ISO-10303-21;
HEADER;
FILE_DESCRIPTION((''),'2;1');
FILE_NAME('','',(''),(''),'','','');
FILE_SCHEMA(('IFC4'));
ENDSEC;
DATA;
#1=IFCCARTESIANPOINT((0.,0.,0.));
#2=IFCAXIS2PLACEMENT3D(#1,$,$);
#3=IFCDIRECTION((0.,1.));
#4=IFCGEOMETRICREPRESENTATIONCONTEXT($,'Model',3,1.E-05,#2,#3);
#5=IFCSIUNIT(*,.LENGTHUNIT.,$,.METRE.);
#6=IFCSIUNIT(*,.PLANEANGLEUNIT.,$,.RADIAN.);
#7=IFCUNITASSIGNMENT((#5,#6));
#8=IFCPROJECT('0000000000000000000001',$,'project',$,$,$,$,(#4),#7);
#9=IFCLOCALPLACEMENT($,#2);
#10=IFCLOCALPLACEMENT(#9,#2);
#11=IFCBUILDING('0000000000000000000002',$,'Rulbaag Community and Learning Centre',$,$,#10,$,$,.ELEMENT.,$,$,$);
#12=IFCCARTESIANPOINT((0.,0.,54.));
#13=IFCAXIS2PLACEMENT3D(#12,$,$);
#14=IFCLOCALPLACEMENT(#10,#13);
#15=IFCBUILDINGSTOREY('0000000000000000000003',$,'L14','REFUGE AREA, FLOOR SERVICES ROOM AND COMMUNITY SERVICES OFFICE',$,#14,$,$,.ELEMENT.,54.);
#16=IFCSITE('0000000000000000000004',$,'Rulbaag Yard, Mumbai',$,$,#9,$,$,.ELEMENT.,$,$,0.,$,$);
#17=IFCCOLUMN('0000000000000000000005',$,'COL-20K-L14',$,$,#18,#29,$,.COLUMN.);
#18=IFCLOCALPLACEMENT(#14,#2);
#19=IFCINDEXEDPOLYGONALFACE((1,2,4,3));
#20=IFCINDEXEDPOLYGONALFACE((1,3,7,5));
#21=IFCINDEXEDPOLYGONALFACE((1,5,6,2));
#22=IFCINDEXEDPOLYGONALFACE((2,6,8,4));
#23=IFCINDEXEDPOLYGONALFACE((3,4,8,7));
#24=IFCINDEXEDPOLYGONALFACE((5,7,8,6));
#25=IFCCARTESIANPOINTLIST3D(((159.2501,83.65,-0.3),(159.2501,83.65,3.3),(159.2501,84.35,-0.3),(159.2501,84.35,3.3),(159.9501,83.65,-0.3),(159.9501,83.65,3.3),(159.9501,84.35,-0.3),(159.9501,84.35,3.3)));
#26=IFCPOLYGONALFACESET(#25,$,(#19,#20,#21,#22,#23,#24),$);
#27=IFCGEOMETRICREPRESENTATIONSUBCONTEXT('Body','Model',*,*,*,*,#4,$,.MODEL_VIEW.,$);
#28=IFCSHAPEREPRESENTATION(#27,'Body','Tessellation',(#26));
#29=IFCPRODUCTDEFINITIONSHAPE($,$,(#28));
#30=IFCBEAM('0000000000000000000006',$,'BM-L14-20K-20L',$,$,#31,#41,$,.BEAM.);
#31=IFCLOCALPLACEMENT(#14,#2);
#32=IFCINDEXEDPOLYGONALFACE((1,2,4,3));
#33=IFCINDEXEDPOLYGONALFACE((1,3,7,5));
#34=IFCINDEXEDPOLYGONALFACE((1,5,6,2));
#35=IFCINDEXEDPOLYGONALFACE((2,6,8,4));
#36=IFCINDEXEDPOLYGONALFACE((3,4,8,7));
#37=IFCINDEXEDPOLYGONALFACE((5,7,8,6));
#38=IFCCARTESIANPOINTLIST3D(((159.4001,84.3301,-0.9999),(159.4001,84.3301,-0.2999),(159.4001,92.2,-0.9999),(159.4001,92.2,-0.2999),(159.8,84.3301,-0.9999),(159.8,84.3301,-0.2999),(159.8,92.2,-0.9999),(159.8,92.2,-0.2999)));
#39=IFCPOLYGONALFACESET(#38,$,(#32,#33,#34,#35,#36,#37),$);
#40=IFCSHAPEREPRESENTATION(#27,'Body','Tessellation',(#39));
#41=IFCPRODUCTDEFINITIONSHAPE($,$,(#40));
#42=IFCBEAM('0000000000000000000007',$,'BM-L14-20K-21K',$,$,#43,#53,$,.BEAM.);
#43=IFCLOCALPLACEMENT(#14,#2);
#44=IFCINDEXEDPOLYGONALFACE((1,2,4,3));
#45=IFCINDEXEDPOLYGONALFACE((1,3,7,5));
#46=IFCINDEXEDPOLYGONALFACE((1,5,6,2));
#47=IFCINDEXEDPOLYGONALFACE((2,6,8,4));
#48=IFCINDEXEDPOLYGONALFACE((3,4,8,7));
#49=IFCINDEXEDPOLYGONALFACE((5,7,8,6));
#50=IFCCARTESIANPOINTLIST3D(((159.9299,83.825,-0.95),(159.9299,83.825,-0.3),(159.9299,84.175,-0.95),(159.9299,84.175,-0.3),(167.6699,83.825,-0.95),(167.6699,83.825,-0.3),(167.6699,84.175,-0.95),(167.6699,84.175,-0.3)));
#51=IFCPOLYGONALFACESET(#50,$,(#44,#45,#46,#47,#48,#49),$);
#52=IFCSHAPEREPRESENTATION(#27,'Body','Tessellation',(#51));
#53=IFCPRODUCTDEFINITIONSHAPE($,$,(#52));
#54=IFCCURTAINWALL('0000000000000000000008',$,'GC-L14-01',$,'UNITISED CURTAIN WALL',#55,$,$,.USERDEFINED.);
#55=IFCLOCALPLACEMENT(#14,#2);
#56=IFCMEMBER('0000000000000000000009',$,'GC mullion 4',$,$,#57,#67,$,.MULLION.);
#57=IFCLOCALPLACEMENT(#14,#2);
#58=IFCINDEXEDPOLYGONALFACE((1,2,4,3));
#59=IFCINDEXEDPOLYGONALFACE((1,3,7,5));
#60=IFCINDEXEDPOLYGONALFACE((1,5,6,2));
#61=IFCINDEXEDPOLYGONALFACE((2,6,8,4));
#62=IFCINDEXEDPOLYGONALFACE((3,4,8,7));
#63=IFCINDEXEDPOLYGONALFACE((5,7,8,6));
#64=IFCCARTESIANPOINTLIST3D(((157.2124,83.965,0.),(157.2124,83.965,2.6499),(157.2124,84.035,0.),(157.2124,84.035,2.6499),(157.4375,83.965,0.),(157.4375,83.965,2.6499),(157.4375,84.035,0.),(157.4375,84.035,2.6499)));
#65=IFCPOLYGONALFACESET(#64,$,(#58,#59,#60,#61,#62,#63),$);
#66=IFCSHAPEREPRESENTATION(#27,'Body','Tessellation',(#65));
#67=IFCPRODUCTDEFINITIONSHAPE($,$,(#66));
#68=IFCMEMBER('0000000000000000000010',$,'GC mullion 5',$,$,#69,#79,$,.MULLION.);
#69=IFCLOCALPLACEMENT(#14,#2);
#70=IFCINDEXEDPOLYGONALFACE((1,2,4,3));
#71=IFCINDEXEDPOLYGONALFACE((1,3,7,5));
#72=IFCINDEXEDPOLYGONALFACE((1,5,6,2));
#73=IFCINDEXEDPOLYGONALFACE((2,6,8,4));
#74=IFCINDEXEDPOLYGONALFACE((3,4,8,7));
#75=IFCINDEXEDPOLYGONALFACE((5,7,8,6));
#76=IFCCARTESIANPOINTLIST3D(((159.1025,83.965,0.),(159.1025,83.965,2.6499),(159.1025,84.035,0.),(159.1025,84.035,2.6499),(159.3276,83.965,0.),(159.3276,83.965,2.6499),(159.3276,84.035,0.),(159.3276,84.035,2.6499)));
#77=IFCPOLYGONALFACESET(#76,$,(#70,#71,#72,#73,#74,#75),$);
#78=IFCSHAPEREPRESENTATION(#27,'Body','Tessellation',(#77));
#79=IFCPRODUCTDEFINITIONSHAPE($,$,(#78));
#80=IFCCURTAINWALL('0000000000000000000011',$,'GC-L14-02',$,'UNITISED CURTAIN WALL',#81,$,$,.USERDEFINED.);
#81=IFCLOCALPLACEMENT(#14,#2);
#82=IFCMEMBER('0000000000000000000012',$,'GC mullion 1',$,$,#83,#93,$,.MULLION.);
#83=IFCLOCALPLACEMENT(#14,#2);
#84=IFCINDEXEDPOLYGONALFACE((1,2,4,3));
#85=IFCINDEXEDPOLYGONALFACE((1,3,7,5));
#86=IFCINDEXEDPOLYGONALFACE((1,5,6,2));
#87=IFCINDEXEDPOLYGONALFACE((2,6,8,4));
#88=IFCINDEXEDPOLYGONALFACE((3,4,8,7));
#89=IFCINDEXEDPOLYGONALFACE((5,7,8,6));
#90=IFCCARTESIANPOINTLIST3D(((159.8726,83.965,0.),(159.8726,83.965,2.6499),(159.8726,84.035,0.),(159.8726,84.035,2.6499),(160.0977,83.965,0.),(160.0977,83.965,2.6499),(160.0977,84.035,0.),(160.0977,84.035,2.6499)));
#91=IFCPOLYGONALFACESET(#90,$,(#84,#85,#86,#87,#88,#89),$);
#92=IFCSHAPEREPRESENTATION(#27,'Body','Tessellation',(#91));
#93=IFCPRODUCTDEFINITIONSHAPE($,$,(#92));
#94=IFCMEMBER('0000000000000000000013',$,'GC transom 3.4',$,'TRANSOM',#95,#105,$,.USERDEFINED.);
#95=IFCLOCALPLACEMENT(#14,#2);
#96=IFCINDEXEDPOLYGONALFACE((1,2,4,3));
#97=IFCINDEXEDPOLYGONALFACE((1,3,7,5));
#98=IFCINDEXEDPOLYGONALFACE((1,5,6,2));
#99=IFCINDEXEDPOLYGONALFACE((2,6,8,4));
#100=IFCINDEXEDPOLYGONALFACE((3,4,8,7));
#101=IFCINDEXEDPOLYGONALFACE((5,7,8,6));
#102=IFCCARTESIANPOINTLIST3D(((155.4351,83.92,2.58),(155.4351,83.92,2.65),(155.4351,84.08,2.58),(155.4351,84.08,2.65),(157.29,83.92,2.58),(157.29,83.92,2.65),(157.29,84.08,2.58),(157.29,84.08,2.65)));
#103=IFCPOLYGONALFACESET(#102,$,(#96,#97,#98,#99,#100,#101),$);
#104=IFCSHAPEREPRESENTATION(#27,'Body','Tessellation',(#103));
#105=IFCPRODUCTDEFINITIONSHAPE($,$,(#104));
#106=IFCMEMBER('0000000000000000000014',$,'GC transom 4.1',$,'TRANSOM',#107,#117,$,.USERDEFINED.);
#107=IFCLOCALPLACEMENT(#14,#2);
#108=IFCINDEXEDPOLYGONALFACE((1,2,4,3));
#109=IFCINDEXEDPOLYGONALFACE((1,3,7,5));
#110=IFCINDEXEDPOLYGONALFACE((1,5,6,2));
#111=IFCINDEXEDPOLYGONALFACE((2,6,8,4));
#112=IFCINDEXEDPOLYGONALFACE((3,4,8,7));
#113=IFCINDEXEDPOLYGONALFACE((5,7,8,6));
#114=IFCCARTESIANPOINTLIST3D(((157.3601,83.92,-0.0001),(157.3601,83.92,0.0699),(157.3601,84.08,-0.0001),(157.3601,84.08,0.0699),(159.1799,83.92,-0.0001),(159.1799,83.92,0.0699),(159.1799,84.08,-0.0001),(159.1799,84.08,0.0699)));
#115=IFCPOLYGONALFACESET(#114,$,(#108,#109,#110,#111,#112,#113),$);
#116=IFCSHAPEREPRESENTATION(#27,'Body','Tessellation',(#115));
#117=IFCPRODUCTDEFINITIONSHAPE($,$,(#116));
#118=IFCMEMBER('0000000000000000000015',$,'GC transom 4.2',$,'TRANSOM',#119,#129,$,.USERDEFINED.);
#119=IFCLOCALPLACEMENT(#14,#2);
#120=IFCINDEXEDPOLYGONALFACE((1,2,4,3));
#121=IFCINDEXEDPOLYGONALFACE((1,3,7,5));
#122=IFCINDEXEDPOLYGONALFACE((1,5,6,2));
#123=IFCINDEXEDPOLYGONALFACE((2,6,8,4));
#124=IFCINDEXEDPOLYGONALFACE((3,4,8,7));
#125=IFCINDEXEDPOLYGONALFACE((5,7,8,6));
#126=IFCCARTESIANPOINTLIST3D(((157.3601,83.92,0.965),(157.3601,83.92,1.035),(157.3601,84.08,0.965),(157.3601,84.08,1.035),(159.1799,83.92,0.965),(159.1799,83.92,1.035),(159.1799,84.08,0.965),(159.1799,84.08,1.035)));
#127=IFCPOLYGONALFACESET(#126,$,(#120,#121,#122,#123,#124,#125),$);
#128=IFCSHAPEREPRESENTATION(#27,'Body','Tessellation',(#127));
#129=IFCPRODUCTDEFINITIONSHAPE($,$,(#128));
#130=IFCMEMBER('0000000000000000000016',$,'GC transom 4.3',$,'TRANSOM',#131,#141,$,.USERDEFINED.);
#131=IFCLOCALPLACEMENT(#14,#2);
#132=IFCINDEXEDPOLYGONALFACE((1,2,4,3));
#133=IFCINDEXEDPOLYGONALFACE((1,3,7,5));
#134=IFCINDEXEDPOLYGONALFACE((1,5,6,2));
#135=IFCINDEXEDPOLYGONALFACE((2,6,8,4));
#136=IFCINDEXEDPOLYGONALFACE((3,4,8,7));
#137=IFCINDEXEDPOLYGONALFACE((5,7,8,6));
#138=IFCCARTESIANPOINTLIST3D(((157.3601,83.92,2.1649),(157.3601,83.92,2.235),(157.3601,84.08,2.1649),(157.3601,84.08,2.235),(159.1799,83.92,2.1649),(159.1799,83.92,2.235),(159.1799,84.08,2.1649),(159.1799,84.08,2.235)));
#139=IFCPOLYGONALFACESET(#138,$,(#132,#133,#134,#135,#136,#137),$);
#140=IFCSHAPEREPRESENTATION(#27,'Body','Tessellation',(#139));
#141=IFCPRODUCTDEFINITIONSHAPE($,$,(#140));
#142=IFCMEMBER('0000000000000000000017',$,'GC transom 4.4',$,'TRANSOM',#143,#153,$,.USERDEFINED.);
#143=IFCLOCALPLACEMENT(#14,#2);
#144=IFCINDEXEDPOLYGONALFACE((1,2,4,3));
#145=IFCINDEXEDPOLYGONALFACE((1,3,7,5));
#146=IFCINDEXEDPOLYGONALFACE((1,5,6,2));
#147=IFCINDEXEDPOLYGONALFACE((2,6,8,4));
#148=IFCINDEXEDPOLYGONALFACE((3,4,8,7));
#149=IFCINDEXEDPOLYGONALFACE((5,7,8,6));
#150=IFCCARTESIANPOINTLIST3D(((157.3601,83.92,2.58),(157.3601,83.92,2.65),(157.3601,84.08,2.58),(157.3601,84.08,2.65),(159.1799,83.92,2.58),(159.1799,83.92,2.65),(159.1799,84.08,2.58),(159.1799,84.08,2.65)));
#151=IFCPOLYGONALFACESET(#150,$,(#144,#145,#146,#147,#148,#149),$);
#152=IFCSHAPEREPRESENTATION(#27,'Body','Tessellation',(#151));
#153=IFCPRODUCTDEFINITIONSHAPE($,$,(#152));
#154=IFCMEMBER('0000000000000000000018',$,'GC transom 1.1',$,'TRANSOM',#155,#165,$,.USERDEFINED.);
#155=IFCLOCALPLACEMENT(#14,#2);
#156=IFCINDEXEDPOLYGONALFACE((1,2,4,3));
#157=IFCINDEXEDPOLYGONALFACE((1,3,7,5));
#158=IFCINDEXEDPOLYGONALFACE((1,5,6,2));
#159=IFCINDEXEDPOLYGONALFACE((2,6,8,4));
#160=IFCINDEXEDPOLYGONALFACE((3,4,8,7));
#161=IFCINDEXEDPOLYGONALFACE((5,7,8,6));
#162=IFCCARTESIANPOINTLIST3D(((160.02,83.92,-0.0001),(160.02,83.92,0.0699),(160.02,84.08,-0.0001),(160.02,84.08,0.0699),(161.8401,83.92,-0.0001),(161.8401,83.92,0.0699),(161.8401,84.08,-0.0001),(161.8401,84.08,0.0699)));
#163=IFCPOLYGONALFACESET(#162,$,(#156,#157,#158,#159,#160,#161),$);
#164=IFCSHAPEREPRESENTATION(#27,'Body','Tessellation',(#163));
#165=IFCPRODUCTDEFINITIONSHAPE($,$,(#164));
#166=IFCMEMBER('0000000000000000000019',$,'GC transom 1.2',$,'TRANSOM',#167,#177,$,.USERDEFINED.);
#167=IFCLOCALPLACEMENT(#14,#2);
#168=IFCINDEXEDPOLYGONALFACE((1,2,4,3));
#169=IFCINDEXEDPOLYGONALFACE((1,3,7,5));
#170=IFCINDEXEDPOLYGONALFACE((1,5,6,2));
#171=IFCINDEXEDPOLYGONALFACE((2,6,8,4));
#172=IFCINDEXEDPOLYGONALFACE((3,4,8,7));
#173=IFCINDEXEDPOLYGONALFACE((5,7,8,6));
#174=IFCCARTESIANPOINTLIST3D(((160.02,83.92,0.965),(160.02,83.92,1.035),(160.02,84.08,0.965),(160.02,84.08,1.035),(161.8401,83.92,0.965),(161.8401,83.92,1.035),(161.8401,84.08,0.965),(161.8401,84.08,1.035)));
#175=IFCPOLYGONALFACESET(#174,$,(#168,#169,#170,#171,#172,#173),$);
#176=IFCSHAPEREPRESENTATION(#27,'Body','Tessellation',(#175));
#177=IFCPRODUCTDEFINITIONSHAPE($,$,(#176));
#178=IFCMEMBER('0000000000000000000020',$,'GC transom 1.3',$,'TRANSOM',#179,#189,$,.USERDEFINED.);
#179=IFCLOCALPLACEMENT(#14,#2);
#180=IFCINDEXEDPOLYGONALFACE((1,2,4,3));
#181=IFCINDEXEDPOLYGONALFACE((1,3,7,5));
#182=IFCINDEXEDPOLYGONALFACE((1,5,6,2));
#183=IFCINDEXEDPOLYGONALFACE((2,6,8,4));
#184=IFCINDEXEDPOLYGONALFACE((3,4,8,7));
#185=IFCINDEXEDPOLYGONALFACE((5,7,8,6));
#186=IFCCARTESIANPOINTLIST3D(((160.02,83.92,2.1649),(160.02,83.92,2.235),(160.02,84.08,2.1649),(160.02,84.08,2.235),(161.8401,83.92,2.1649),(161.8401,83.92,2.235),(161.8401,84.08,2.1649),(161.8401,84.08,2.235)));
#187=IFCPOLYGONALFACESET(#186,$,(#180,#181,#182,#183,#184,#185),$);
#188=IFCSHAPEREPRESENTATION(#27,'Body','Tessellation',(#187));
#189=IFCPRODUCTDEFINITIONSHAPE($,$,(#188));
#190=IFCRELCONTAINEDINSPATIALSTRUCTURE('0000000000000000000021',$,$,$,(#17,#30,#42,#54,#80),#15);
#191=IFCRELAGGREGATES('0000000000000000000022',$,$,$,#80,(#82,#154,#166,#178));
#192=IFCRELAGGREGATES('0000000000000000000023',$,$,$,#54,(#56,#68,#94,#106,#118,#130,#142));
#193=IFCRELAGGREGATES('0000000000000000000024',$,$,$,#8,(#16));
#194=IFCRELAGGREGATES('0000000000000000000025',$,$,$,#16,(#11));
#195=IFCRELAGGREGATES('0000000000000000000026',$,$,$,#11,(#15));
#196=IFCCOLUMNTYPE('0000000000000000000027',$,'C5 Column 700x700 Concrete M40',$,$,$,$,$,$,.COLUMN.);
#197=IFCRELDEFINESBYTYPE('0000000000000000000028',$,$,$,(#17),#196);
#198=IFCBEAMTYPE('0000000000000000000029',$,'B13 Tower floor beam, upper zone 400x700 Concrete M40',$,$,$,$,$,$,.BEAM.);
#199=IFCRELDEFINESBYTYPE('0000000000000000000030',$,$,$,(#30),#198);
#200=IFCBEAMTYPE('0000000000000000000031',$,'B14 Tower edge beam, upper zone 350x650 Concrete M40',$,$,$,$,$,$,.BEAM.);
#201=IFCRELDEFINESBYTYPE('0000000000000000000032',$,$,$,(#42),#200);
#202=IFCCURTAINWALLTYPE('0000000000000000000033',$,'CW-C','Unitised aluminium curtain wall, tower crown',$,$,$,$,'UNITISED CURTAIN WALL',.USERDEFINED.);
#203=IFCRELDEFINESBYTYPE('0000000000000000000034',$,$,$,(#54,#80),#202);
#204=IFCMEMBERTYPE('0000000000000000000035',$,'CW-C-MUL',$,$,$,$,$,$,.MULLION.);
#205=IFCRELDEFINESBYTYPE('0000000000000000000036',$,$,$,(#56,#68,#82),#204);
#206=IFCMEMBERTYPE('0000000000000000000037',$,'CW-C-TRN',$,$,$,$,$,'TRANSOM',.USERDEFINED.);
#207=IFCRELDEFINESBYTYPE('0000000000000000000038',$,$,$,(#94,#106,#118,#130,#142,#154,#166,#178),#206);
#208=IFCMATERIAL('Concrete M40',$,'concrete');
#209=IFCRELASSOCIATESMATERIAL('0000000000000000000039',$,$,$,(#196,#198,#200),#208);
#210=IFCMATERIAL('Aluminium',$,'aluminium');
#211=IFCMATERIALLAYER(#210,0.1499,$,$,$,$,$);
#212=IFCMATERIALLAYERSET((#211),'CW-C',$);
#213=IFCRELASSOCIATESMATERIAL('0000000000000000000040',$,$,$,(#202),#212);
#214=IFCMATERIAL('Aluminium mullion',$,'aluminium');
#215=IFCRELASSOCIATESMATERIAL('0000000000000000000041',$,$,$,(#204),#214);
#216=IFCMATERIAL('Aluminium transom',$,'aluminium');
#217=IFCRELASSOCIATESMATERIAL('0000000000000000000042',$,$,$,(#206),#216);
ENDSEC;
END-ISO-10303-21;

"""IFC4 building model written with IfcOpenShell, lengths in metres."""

from ifc_helpers import new_model, si_unit, direction, frame, origin, origin_2d, place, context, subcontext, project, spatial, rectangle, extrude, material, layer, layer_set, material_profile, profile_set, type_object, element, aggregate, save


model = new_model("IFC4")

# Units and contexts
model_context = context("Model", 3, precision=1e-05, world=origin(), true_north=direction((0.0, 1.0)))
body_context = subcontext(model_context, "Body", "Model", "MODEL_VIEW")
ifc_project = project(units=[si_unit("LENGTHUNIT", "METRE"), si_unit("PLANEANGLEUNIT", "RADIAN")], contexts=[model_context])

# Site, building, storey
site_placement = place(None, origin())
site = spatial("IfcSite", under=ifc_project, at=site_placement, Name="Rulbaag Yard, Mumbai", CompositionType="ELEMENT", RefElevation=0.0)
building_placement = place(site_placement, origin())
building = spatial("IfcBuilding", under=site, at=building_placement, Name="Rulbaag Community and Learning Centre", CompositionType="ELEMENT")
storey_placement = place(building_placement, frame((0.0, 0.0, 54.0)))
storey = spatial("IfcBuildingStorey", under=building, at=storey_placement, Name="L14", Description="REFUGE AREA, FLOOR SERVICES ROOM AND COMMUNITY SERVICES OFFICE", CompositionType="ELEMENT", Elevation=54.0)

# Column
ifc_material_1 = material(Name="Concrete M40", Category="concrete")
ifc_material_profile_1 = material_profile(ifc_material_1, rectangle(XDim=0.7, YDim=0.7, at=origin_2d()), Name="RC700x700")
ifc_profile_set_1 = profile_set([ifc_material_profile_1], Name="Concrete M40")
column_type = type_object("IfcColumnType", Name="C5 Column 700x700 Concrete M40", PredefinedType="COLUMN", material=ifc_profile_set_1)
column_placement = place(storey_placement, frame((159.6001, 84.0, -0.3), z_axis=(0.0, 0.0, 1.0), x_axis=(1.0, 0.0, 0.0)))
element("IfcColumn", 1, at=column_placement, inside=storey, type_object=column_type, Name="COL-20K-L14", PredefinedType="COLUMN", context=body_context, shape_type="SweptSolid", body=[
    extrude(rectangle(XDim=0.7, YDim=0.7, at=origin_2d()), origin(), (0.0, 0.0, 1.0), 3.6001),
])

# Beams
ifc_material_profile_2 = material_profile(ifc_material_1, rectangle(XDim=0.3999, YDim=0.7, at=origin_2d()), Name="RB400x700")
ifc_profile_set_2 = profile_set([ifc_material_profile_2], Name="Concrete M40")
beam_type_1 = type_object("IfcBeamType", Name="B13 Tower floor beam, upper zone 400x700 Concrete M40", PredefinedType="BEAM", material=ifc_profile_set_2)
beam_1_placement = place(storey_placement, frame((159.6001, 84.3301, -0.6499), z_axis=(0.0, 1.0, 0.0), x_axis=(-1.0, 0.0, 0.0)))
element("IfcBeam", 2, at=beam_1_placement, inside=storey, type_object=beam_type_1, Name="BM-L14-20K-20L", PredefinedType="BEAM", context=body_context, shape_type="SweptSolid", body=[
    extrude(rectangle(XDim=0.3999, YDim=0.7, at=origin_2d()), origin(), (0.0, 0.0, 1.0), 7.8699),
])
ifc_material_profile_3 = material_profile(ifc_material_1, rectangle(XDim=0.3501, YDim=0.6499, at=origin_2d()), Name="RB350x650")
ifc_profile_set_3 = profile_set([ifc_material_profile_3], Name="Concrete M40")
beam_type_2 = type_object("IfcBeamType", Name="B14 Tower edge beam, upper zone 350x650 Concrete M40", PredefinedType="BEAM", material=ifc_profile_set_3)
beam_2_placement = place(storey_placement, frame((159.9299, 84.0, -0.625), z_axis=(1.0, 0.0, 0.0), x_axis=(0.0, 1.0, 0.0)))
element("IfcBeam", 3, at=beam_2_placement, inside=storey, type_object=beam_type_2, Name="BM-L14-20K-21K", PredefinedType="BEAM", context=body_context, shape_type="SweptSolid", body=[
    extrude(rectangle(XDim=0.3501, YDim=0.6499, at=origin_2d()), origin(), (0.0, 0.0, 1.0), 7.74),
])

# Curtain wall, members
ifc_material_2 = material(Name="Aluminium", Category="aluminium")
ifc_layer_1 = layer(ifc_material_2, 0.1499)
ifc_layer_set_1 = layer_set([ifc_layer_1], Name="CW-C")
curtain_wall_type = type_object("IfcCurtainWallType", Name="CW-C", Description="Unitised aluminium curtain wall, tower crown", ElementType="UNITISED CURTAIN WALL", PredefinedType="USERDEFINED", material=ifc_layer_set_1)
curtain_wall_1_placement = place(storey_placement, origin())
curtain_wall_1 = element("IfcCurtainWall", 4, at=curtain_wall_1_placement, inside=storey, type_object=curtain_wall_type, Name="GC-L14-01", ObjectType="UNITISED CURTAIN WALL", PredefinedType="USERDEFINED")
ifc_material_3 = material(Name="Aluminium mullion", Category="aluminium")
ifc_material_profile_4 = material_profile(ifc_material_3, rectangle(XDim=0.0701, YDim=0.2251, at=origin_2d()), Name="AL 70x225")
ifc_profile_set_4 = profile_set([ifc_material_profile_4], Name="Aluminium mullion")
member_type_1 = type_object("IfcMemberType", Name="CW-C-MUL", PredefinedType="MULLION", material=ifc_profile_set_4)
member_1_placement = place(storey_placement, frame((157.325, 84.0, 0.0), z_axis=(0.0, 0.0, 1.0), x_axis=(0.0, 1.0, 0.0)))
member_1 = element("IfcMember", 5, at=member_1_placement, type_object=member_type_1, Name="GC mullion 4", PredefinedType="MULLION", context=body_context, shape_type="SweptSolid", body=[
    extrude(rectangle(XDim=0.0701, YDim=0.2251, at=origin_2d()), origin(), (0.0, 0.0, 1.0), 2.6499),
])
member_2_placement = place(storey_placement, frame((159.2151, 84.0, 0.0), z_axis=(0.0, 0.0, 1.0), x_axis=(0.0, 1.0, 0.0)))
member_2 = element("IfcMember", 6, at=member_2_placement, type_object=member_type_1, Name="GC mullion 5", PredefinedType="MULLION", context=body_context, shape_type="SweptSolid", body=[
    extrude(rectangle(XDim=0.0701, YDim=0.2251, at=origin_2d()), origin(), (0.0, 0.0, 1.0), 2.6499),
])

# Curtain wall, member
curtain_wall_2_placement = place(storey_placement, origin())
curtain_wall_2 = element("IfcCurtainWall", 7, at=curtain_wall_2_placement, inside=storey, type_object=curtain_wall_type, Name="GC-L14-02", ObjectType="UNITISED CURTAIN WALL", PredefinedType="USERDEFINED")
member_3_placement = place(storey_placement, frame((159.9851, 84.0, 0.0), z_axis=(0.0, 0.0, 1.0), x_axis=(0.0, 1.0, 0.0)))
member_3 = element("IfcMember", 8, at=member_3_placement, type_object=member_type_1, Name="GC mullion 1", PredefinedType="MULLION", context=body_context, shape_type="SweptSolid", body=[
    extrude(rectangle(XDim=0.0701, YDim=0.2251, at=origin_2d()), origin(), (0.0, 0.0, 1.0), 2.6499),
])

# Members
ifc_material_4 = material(Name="Aluminium transom", Category="aluminium")
ifc_material_profile_5 = material_profile(ifc_material_4, rectangle(XDim=0.1599, YDim=0.0701, at=origin_2d()), Name="AL 70x160 T")
ifc_profile_set_5 = profile_set([ifc_material_profile_5], Name="Aluminium transom")
member_type_2 = type_object("IfcMemberType", Name="CW-C-TRN", ElementType="TRANSOM", PredefinedType="USERDEFINED", material=ifc_profile_set_5)
member_4_placement = place(storey_placement, frame((155.4351, 84.0, 2.615), z_axis=(1.0, 0.0, 0.0), x_axis=(0.0, 1.0, 0.0)))
member_4 = element("IfcMember", 9, at=member_4_placement, type_object=member_type_2, Name="GC transom 3.4", ObjectType="TRANSOM", PredefinedType="USERDEFINED", context=body_context, shape_type="SweptSolid", body=[
    extrude(rectangle(XDim=0.1599, YDim=0.0701, at=origin_2d()), origin(), (0.0, 0.0, 1.0), 1.855),
])
member_5_placement = place(storey_placement, frame((157.3601, 84.0, 0.0349), z_axis=(1.0, 0.0, 0.0), x_axis=(0.0, 1.0, 0.0)))
member_5 = element("IfcMember", 10, at=member_5_placement, type_object=member_type_2, Name="GC transom 4.1", ObjectType="TRANSOM", PredefinedType="USERDEFINED", context=body_context, shape_type="SweptSolid", body=[
    extrude(rectangle(XDim=0.1599, YDim=0.0701, at=origin_2d()), origin(), (0.0, 0.0, 1.0), 1.8198),
])
member_6_placement = place(storey_placement, frame((157.3601, 84.0, 1.0), z_axis=(1.0, 0.0, 0.0), x_axis=(0.0, 1.0, 0.0)))
member_6 = element("IfcMember", 11, at=member_6_placement, type_object=member_type_2, Name="GC transom 4.2", ObjectType="TRANSOM", PredefinedType="USERDEFINED", context=body_context, shape_type="SweptSolid", body=[
    extrude(rectangle(XDim=0.1599, YDim=0.0701, at=origin_2d()), origin(), (0.0, 0.0, 1.0), 1.8198),
])
member_7_placement = place(storey_placement, frame((157.3601, 84.0, 2.2), z_axis=(1.0, 0.0, 0.0), x_axis=(0.0, 1.0, 0.0)))
member_7 = element("IfcMember", 12, at=member_7_placement, type_object=member_type_2, Name="GC transom 4.3", ObjectType="TRANSOM", PredefinedType="USERDEFINED", context=body_context, shape_type="SweptSolid", body=[
    extrude(rectangle(XDim=0.1599, YDim=0.0701, at=origin_2d()), origin(), (0.0, 0.0, 1.0), 1.8198),
])
member_8_placement = place(storey_placement, frame((157.3601, 84.0, 2.615), z_axis=(1.0, 0.0, 0.0), x_axis=(0.0, 1.0, 0.0)))
member_8 = element("IfcMember", 13, at=member_8_placement, type_object=member_type_2, Name="GC transom 4.4", ObjectType="TRANSOM", PredefinedType="USERDEFINED", context=body_context, shape_type="SweptSolid", body=[
    extrude(rectangle(XDim=0.1599, YDim=0.0701, at=origin_2d()), origin(), (0.0, 0.0, 1.0), 1.8198),
])
member_9_placement = place(storey_placement, frame((160.02, 84.0, 0.0349), z_axis=(1.0, 0.0, 0.0), x_axis=(0.0, 1.0, 0.0)))
member_9 = element("IfcMember", 14, at=member_9_placement, type_object=member_type_2, Name="GC transom 1.1", ObjectType="TRANSOM", PredefinedType="USERDEFINED", context=body_context, shape_type="SweptSolid", body=[
    extrude(rectangle(XDim=0.1599, YDim=0.0701, at=origin_2d()), origin(), (0.0, 0.0, 1.0), 1.8201),
])
member_10_placement = place(storey_placement, frame((160.02, 84.0, 1.0), z_axis=(1.0, 0.0, 0.0), x_axis=(0.0, 1.0, 0.0)))
member_10 = element("IfcMember", 15, at=member_10_placement, type_object=member_type_2, Name="GC transom 1.2", ObjectType="TRANSOM", PredefinedType="USERDEFINED", context=body_context, shape_type="SweptSolid", body=[
    extrude(rectangle(XDim=0.1599, YDim=0.0701, at=origin_2d()), origin(), (0.0, 0.0, 1.0), 1.8201),
])
member_11_placement = place(storey_placement, frame((160.02, 84.0, 2.2), z_axis=(1.0, 0.0, 0.0), x_axis=(0.0, 1.0, 0.0)))
member_11 = element("IfcMember", 16, at=member_11_placement, type_object=member_type_2, Name="GC transom 1.3", ObjectType="TRANSOM", PredefinedType="USERDEFINED", context=body_context, shape_type="SweptSolid", body=[
    extrude(rectangle(XDim=0.1599, YDim=0.0701, at=origin_2d()), origin(), (0.0, 0.0, 1.0), 1.8201),
])
aggregate(curtain_wall_2, [member_3, member_9, member_10, member_11])

aggregate(curtain_wall_1, [member_1, member_2, member_4, member_5, member_6, member_7, member_8])

save(model, "model.ifc")
